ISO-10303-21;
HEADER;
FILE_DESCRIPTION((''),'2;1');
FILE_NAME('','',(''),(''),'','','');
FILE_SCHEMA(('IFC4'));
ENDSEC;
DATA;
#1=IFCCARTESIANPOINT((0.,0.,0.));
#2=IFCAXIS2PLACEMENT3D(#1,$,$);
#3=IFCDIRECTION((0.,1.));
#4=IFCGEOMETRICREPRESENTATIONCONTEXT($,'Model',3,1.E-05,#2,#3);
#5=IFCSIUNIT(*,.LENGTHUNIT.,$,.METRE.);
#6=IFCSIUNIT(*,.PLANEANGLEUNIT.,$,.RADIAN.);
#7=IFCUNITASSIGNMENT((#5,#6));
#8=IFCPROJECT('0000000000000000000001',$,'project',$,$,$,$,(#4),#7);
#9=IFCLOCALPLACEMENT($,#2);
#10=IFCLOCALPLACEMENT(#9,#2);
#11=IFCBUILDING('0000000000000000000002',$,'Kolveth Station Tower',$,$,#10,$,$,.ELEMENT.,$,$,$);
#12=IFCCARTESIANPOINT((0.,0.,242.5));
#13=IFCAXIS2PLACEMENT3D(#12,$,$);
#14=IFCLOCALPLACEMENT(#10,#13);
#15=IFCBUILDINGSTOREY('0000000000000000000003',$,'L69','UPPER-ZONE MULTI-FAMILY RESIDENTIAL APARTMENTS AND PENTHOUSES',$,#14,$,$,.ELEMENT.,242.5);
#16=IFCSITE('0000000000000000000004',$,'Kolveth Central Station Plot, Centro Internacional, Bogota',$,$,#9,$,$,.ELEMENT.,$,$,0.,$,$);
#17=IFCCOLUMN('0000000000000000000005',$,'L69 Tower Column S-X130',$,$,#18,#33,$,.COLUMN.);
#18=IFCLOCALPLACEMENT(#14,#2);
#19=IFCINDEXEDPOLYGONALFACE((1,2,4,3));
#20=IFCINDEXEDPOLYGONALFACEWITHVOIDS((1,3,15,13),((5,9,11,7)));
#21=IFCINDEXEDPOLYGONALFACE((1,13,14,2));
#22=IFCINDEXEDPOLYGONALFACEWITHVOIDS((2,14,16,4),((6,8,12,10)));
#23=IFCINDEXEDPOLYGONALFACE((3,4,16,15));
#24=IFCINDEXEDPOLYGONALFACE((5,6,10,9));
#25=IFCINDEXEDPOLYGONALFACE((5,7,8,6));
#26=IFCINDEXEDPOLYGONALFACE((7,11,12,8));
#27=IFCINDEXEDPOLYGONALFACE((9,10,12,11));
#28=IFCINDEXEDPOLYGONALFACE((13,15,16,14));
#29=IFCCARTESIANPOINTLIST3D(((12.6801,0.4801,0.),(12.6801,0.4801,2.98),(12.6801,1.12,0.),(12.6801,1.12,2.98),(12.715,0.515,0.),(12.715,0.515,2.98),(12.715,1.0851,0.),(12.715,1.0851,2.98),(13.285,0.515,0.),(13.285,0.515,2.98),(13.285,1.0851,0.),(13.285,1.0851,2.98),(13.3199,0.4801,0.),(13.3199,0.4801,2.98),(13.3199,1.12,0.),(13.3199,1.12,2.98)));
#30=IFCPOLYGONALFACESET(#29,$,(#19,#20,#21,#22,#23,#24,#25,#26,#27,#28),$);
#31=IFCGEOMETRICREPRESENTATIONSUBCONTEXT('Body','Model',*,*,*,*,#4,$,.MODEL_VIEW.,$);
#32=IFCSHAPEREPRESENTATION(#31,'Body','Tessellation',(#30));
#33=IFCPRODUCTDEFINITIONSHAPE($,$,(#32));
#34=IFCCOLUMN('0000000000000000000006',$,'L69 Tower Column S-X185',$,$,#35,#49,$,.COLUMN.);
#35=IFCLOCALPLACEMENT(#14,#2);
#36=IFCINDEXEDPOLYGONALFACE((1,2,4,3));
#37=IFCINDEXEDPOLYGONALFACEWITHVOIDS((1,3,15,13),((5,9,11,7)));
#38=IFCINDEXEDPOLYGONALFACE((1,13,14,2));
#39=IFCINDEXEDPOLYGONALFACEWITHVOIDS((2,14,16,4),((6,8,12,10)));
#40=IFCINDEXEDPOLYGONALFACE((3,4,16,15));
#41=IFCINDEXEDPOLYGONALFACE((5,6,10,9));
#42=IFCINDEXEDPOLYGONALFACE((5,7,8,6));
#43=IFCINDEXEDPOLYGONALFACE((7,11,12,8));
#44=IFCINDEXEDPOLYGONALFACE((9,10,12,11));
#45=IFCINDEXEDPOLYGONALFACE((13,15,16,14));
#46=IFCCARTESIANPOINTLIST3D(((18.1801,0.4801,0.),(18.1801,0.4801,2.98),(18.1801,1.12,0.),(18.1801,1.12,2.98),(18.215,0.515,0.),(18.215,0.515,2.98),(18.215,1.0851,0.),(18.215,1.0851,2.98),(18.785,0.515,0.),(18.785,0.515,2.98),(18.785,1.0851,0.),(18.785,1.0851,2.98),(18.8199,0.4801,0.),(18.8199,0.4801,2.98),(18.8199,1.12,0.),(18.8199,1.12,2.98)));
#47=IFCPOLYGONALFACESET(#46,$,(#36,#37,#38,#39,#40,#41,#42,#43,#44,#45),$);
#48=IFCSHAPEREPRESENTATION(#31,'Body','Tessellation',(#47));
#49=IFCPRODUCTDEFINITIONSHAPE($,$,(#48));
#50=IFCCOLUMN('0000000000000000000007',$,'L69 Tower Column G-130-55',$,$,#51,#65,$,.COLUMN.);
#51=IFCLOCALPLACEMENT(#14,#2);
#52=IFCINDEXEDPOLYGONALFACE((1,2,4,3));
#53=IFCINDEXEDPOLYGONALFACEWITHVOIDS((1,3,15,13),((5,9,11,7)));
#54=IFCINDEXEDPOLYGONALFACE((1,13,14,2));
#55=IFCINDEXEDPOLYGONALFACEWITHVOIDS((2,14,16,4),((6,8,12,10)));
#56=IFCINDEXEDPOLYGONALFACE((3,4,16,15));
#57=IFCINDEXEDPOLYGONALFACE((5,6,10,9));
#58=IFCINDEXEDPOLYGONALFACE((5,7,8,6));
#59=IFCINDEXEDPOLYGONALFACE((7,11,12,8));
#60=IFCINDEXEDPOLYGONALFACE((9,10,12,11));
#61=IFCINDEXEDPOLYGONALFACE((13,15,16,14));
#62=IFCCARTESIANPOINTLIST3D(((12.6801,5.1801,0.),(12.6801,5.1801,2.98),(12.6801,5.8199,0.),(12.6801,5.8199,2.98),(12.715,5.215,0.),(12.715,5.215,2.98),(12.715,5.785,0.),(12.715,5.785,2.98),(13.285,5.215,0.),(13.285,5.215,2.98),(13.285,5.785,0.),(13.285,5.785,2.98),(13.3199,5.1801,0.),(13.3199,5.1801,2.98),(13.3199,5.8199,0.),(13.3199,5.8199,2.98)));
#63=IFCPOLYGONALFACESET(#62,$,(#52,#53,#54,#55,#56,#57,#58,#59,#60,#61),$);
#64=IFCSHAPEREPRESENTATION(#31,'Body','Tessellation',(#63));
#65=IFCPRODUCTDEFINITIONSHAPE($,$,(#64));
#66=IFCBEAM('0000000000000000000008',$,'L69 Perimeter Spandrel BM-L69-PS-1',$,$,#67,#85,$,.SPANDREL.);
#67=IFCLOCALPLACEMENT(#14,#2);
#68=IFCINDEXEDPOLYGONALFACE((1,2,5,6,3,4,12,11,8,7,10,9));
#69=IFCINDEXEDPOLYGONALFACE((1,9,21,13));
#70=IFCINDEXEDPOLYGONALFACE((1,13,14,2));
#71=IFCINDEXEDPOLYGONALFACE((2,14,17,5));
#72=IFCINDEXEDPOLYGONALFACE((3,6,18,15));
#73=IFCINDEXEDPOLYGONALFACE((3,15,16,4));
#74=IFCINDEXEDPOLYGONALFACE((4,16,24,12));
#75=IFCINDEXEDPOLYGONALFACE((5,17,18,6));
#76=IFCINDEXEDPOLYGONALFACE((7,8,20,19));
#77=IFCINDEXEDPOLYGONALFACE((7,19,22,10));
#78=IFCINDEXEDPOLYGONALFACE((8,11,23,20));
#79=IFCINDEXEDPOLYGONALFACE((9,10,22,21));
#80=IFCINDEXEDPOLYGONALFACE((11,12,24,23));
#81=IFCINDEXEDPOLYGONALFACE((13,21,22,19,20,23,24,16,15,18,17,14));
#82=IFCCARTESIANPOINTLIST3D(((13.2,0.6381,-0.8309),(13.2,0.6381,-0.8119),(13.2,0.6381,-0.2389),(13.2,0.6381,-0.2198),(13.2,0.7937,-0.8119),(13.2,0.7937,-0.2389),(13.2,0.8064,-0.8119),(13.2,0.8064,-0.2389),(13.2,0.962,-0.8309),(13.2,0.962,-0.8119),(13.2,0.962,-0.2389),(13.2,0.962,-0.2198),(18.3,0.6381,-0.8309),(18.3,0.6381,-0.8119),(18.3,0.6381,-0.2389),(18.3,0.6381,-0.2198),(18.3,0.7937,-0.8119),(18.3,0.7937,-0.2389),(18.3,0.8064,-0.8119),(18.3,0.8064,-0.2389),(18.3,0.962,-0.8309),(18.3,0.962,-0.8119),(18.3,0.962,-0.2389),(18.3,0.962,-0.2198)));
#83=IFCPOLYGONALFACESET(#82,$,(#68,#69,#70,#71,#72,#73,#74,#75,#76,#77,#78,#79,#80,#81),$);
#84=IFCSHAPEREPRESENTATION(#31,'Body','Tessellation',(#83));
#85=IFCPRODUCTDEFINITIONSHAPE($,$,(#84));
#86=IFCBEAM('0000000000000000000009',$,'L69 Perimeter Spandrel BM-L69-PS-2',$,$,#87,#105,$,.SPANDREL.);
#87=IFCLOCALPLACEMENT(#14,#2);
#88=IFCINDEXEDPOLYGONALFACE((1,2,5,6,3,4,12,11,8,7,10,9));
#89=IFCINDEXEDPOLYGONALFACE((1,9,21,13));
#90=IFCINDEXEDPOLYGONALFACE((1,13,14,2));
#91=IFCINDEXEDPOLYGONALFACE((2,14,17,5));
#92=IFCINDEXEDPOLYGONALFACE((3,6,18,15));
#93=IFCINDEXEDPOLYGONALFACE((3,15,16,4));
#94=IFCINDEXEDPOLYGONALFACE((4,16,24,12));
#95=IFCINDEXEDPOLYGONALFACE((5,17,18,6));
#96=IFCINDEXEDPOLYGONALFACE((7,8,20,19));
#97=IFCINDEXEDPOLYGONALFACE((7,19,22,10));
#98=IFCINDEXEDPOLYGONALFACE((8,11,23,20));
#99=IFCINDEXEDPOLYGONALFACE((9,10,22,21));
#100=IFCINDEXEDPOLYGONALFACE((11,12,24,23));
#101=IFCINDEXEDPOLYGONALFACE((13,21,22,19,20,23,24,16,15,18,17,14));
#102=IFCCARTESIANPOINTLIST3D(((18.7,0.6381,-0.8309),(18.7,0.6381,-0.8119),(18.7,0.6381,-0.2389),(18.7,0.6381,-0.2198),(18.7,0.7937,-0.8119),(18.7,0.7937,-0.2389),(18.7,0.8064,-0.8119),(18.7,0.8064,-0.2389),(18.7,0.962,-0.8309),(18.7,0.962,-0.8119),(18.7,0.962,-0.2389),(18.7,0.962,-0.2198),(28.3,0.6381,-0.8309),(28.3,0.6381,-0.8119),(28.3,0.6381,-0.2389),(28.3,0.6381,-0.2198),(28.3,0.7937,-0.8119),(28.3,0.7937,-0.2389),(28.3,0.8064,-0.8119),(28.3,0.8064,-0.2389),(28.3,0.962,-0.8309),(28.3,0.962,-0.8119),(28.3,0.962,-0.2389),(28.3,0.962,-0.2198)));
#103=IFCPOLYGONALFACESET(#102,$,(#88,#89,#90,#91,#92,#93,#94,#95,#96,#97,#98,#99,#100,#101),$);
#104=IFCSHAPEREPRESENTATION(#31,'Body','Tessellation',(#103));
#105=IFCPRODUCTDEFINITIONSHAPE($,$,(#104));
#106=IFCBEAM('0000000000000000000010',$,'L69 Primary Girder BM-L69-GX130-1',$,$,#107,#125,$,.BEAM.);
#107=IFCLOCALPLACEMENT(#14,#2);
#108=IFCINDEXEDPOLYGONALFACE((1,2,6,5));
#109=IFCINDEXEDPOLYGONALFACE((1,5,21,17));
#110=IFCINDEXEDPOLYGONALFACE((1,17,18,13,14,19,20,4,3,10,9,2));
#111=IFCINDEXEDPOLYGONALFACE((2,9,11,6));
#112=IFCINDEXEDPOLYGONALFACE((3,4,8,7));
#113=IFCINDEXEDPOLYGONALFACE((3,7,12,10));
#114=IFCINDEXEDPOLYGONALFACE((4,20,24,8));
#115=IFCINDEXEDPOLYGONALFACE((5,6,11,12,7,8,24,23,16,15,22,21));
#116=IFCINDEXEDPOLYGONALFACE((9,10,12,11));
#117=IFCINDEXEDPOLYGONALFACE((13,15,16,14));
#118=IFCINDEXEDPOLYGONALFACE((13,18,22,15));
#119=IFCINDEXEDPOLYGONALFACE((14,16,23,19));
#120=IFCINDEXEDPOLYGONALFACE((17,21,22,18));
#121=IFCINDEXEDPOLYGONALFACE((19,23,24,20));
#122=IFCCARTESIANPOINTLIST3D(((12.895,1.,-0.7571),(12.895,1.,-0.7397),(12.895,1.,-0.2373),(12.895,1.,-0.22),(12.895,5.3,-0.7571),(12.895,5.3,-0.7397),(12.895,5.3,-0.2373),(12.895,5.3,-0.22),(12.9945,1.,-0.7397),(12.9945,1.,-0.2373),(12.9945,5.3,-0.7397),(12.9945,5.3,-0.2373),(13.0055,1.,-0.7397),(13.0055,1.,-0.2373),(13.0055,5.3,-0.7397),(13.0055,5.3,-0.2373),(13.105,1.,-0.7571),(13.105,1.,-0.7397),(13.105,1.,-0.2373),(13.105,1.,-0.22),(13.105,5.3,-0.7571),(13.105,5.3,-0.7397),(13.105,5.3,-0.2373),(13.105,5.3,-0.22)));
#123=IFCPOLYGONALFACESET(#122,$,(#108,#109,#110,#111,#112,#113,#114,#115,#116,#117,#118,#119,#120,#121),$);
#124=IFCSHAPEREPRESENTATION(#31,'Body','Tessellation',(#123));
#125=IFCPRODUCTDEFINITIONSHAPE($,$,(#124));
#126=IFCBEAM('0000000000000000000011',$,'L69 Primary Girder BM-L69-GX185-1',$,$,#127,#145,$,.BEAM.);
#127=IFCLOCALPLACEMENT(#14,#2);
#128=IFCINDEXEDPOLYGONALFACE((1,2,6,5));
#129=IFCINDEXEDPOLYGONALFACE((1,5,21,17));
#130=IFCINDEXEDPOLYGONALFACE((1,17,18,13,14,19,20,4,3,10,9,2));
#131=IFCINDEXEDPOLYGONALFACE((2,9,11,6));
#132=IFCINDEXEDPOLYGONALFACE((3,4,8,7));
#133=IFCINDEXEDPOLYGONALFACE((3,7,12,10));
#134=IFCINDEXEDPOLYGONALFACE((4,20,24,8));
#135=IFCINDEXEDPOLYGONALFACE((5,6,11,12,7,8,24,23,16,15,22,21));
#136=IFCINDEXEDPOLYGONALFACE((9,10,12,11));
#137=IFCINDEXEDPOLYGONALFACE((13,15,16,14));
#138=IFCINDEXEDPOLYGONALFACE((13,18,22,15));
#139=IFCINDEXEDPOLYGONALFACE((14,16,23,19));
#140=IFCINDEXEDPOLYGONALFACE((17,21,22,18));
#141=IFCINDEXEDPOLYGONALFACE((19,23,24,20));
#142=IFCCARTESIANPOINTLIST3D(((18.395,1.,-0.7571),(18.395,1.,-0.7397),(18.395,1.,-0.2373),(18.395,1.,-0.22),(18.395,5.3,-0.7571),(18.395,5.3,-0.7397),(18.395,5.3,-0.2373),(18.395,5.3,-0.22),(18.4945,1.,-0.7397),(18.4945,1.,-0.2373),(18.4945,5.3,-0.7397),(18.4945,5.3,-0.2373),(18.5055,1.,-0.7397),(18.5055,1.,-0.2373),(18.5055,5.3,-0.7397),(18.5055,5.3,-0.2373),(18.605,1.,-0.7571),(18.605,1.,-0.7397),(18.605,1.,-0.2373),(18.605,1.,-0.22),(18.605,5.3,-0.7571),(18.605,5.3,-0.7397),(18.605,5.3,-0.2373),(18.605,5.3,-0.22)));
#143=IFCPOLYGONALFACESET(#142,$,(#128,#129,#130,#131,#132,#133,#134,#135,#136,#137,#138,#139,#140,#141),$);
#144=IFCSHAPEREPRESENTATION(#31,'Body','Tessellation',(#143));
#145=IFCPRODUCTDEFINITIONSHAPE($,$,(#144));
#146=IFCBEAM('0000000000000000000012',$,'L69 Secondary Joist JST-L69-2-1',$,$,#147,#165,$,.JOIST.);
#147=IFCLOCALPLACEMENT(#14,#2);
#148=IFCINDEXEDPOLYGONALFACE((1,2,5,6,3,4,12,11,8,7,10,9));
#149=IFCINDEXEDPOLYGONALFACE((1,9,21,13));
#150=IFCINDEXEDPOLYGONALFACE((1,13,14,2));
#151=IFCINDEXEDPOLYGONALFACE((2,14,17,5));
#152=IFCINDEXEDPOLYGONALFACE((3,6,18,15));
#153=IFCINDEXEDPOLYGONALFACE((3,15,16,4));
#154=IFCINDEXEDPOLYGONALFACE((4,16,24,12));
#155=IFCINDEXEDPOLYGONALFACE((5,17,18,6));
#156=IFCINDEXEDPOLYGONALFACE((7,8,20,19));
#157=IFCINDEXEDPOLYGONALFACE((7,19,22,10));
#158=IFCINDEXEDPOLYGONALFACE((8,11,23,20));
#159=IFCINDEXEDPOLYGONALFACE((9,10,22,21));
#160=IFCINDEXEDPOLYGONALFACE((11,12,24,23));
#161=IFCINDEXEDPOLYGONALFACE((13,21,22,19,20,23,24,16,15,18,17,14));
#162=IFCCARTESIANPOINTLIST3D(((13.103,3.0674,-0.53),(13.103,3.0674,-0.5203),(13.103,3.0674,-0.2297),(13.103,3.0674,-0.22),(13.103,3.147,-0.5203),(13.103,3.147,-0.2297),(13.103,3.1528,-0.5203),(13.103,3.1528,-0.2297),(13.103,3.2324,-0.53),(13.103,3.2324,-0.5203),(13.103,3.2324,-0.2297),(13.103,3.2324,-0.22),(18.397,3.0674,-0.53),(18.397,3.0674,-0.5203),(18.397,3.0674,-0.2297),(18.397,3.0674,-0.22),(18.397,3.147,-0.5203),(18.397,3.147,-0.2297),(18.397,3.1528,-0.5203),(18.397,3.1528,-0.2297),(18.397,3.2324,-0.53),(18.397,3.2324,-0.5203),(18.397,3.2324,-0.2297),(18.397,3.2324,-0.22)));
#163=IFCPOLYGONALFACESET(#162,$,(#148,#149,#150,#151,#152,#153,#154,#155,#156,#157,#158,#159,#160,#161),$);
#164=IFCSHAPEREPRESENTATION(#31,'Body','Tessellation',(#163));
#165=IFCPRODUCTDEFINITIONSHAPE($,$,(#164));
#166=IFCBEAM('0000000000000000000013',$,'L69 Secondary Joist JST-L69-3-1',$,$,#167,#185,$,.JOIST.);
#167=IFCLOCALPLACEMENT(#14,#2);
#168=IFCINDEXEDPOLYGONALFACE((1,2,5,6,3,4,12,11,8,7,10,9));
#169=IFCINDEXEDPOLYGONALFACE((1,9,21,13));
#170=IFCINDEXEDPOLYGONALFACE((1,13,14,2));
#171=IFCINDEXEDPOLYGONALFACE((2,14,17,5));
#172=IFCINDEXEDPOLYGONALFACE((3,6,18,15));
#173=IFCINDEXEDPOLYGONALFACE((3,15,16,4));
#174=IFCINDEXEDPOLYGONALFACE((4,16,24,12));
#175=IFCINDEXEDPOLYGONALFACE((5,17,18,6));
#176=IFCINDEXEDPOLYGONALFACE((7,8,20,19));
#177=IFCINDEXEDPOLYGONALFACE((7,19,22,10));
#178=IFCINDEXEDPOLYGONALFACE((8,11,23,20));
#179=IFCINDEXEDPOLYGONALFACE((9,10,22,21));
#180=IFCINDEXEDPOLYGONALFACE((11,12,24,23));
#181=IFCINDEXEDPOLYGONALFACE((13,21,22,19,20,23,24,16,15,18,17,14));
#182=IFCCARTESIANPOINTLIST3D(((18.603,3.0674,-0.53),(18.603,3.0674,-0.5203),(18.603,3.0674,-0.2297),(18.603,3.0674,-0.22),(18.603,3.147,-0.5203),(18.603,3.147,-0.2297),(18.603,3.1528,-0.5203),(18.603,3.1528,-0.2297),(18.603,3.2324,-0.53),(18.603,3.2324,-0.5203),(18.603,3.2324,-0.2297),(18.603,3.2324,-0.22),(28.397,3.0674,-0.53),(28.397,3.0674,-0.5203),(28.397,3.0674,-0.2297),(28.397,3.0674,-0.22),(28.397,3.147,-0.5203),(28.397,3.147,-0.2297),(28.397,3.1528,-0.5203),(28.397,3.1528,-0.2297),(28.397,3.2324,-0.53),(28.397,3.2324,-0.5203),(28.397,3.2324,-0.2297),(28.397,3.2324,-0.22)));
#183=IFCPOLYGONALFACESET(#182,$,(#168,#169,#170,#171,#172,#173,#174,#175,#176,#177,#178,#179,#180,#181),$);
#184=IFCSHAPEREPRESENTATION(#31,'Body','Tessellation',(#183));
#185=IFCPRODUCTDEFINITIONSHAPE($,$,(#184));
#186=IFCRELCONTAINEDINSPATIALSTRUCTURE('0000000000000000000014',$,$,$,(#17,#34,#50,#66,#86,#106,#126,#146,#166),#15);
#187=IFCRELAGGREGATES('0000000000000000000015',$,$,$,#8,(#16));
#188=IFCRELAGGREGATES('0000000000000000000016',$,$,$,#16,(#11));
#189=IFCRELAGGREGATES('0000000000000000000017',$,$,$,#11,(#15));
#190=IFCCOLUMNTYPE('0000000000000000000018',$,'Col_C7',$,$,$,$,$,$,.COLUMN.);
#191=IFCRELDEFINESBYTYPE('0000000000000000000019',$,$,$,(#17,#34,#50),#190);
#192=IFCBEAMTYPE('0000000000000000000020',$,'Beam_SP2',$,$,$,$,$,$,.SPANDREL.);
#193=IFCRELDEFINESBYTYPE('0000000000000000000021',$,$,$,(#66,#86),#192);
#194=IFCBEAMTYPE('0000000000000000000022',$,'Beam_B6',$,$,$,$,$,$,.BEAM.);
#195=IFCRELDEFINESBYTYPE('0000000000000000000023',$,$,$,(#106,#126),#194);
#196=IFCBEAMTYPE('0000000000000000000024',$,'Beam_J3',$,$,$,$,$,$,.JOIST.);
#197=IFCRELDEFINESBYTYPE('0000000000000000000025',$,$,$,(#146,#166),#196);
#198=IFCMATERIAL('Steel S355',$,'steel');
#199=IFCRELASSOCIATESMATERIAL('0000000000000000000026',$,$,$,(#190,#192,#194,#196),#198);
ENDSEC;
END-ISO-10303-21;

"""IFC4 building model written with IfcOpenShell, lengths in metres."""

from ifc_helpers import new_model, si_unit, direction, frame, origin, origin_2d, place, context, subcontext, project, spatial, hollow_rectangle, i_section, extrude, source, transform, mapped, material, material_profile, profile_set, type_object, element, save


model = new_model("IFC4")

# Units and contexts
model_context = context("Model", 3, precision=1e-05, world=origin(), true_north=direction((0.0, 1.0)))
body_context = subcontext(model_context, "Body", "Model", "MODEL_VIEW")
ifc_project = project(units=[si_unit("LENGTHUNIT", "METRE"), si_unit("PLANEANGLEUNIT", "RADIAN")], contexts=[model_context])

# Site, building, storey
site_placement = place(None, origin())
site = spatial("IfcSite", under=ifc_project, at=site_placement, Name="Kolveth Central Station Plot, Centro Internacional, Bogota", CompositionType="ELEMENT", RefElevation=0.0)
building_placement = place(site_placement, origin())
building = spatial("IfcBuilding", under=site, at=building_placement, Name="Kolveth Station Tower", CompositionType="ELEMENT")
storey_placement = place(building_placement, frame((0.0, 0.0, 242.5)))
storey = spatial("IfcBuildingStorey", under=building, at=storey_placement, Name="L69", Description="UPPER-ZONE MULTI-FAMILY RESIDENTIAL APARTMENTS AND PENTHOUSES", CompositionType="ELEMENT", Elevation=242.5)

# Columns
ifc_material_1 = material(Name="Steel S355", Category="steel")
ifc_material_profile_1 = material_profile(ifc_material_1, hollow_rectangle(XDim=0.6399, YDim=0.6399, WallThickness=0.0349, at=origin_2d()), Name="BOX640x640x35")
ifc_profile_set_1 = profile_set([ifc_material_profile_1], Name="Steel S355")
column_type = type_object("IfcColumnType", Name="Col_C7", PredefinedType="COLUMN", material=ifc_profile_set_1)
shared_shape_1 = source(origin(), body_context, "Body", "SweptSolid", [
    extrude(hollow_rectangle(XDim=0.6399, YDim=0.6399, WallThickness=0.0349, at=origin_2d()), origin(), (0.0, 0.0, 1.0), 2.98),
])
for number, where, z_axis, x_axis, name in (
    (1, (13.0, 0.8, 0.0), (0.0, 0.0, 1.0), (1.0, 0.0, 0.0), "L69 Tower Column S-X130"),
    (2, (18.5, 0.8, 0.0), (0.0, 0.0, 1.0), (1.0, 0.0, 0.0), "L69 Tower Column S-X185"),
    (3, (13.0, 5.5, 0.0), (0.0, 0.0, 1.0), (1.0, 0.0, 0.0), "L69 Tower Column G-130-55"),
):
    element("IfcColumn", number, at=place(storey_placement, frame(where, z_axis=z_axis, x_axis=x_axis)), inside=storey, type_object=column_type, Name=name, PredefinedType="COLUMN", context=body_context, shape_type="MappedRepresentation", body=[
        mapped(shared_shape_1, transform((0.0, 0.0, 0.0), x_axis=(1.0, 0.0, 0.0), y_axis=(0.0, 1.0, 0.0), z_axis=(0.0, 0.0, 1.0), scale=1.0)),
    ])

# Beams
ifc_material_profile_2 = material_profile(ifc_material_1, i_section(OverallWidth=0.324, OverallDepth=0.6111, WebThickness=0.0127, FlangeThickness=0.019, at=origin_2d()), Name="W610x155")
ifc_profile_set_2 = profile_set([ifc_material_profile_2], Name="Steel S355")
beam_type_1 = type_object("IfcBeamType", Name="Beam_SP2", PredefinedType="SPANDREL", material=ifc_profile_set_2)
shared_shape_2 = source(origin(), body_context, "Body", "SweptSolid", [
    extrude(i_section(OverallWidth=0.324, OverallDepth=0.6111, WebThickness=0.0127, FlangeThickness=0.019, at=origin_2d()), origin(), (0.0, 0.0, 1.0), 5.1001),
])
beam_1_placement = place(storey_placement, frame((13.2, 0.8, -0.5254), z_axis=(1.0, 0.0, 0.0), x_axis=(0.0, 1.0, 0.0)))
element("IfcBeam", 4, at=beam_1_placement, inside=storey, type_object=beam_type_1, Name="L69 Perimeter Spandrel BM-L69-PS-1", PredefinedType="SPANDREL", context=body_context, shape_type="MappedRepresentation", body=[
    mapped(shared_shape_2, transform((0.0, 0.0, 0.0), x_axis=(1.0, 0.0, 0.0), y_axis=(0.0, 1.0, 0.0), z_axis=(0.0, 0.0, 1.0), scale=1.0)),
])
shared_shape_3 = source(origin(), body_context, "Body", "SweptSolid", [
    extrude(i_section(OverallWidth=0.324, OverallDepth=0.6111, WebThickness=0.0127, FlangeThickness=0.019, at=origin_2d()), origin(), (0.0, 0.0, 1.0), 9.6001),
])
beam_2_placement = place(storey_placement, frame((18.7, 0.8, -0.5254), z_axis=(1.0, 0.0, 0.0), x_axis=(0.0, 1.0, 0.0)))
element("IfcBeam", 5, at=beam_2_placement, inside=storey, type_object=beam_type_1, Name="L69 Perimeter Spandrel BM-L69-PS-2", PredefinedType="SPANDREL", context=body_context, shape_type="MappedRepresentation", body=[
    mapped(shared_shape_3, transform((0.0, 0.0, 0.0), x_axis=(1.0, 0.0, 0.0), y_axis=(0.0, 1.0, 0.0), z_axis=(0.0, 0.0, 1.0), scale=1.0)),
])
ifc_material_profile_3 = material_profile(ifc_material_1, i_section(OverallWidth=0.21, OverallDepth=0.5371, WebThickness=0.011, FlangeThickness=0.0173, at=origin_2d()), Name="W530x101")
ifc_profile_set_3 = profile_set([ifc_material_profile_3], Name="Steel S355")
beam_type_2 = type_object("IfcBeamType", Name="Beam_B6", PredefinedType="BEAM", material=ifc_profile_set_3)
shared_shape_4 = source(origin(), body_context, "Body", "SweptSolid", [
    extrude(i_section(OverallWidth=0.21, OverallDepth=0.5371, WebThickness=0.011, FlangeThickness=0.0173, at=origin_2d()), origin(), (0.0, 0.0, 1.0), 4.3),
])
for number, where, z_axis, x_axis, name in (
    (6, (13.0, 1.0, -0.4885), (0.0, 1.0, 0.0), (-1.0, 0.0, 0.0), "L69 Primary Girder BM-L69-GX130-1"),
    (7, (18.5, 1.0, -0.4885), (0.0, 1.0, 0.0), (-1.0, 0.0, 0.0), "L69 Primary Girder BM-L69-GX185-1"),
):
    element("IfcBeam", number, at=place(storey_placement, frame(where, z_axis=z_axis, x_axis=x_axis)), inside=storey, type_object=beam_type_2, Name=name, PredefinedType="BEAM", context=body_context, shape_type="MappedRepresentation", body=[
        mapped(shared_shape_4, transform((0.0, 0.0, 0.0), x_axis=(1.0, 0.0, 0.0), y_axis=(0.0, 1.0, 0.0), z_axis=(0.0, 0.0, 1.0), scale=1.0)),
    ])
ifc_material_profile_4 = material_profile(ifc_material_1, i_section(OverallWidth=0.165, OverallDepth=0.3101, WebThickness=0.0059, FlangeThickness=0.0098, at=origin_2d()), Name="W310x39")
ifc_profile_set_4 = profile_set([ifc_material_profile_4], Name="Steel S355")
beam_type_3 = type_object("IfcBeamType", Name="Beam_J3", PredefinedType="JOIST", material=ifc_profile_set_4)
shared_shape_5 = source(origin(), body_context, "Body", "SweptSolid", [
    extrude(i_section(OverallWidth=0.165, OverallDepth=0.3101, WebThickness=0.0059, FlangeThickness=0.0098, at=origin_2d()), origin(), (0.0, 0.0, 1.0), 5.2939),
])
beam_3_placement = place(storey_placement, frame((13.103, 3.1499, -0.375), z_axis=(1.0, 0.0, 0.0), x_axis=(0.0, 1.0, 0.0)))
element("IfcBeam", 8, at=beam_3_placement, inside=storey, type_object=beam_type_3, Name="L69 Secondary Joist JST-L69-2-1", PredefinedType="JOIST", context=body_context, shape_type="MappedRepresentation", body=[
    mapped(shared_shape_5, transform((0.0, 0.0, 0.0), x_axis=(1.0, 0.0, 0.0), y_axis=(0.0, 1.0, 0.0), z_axis=(0.0, 0.0, 1.0), scale=1.0)),
])
shared_shape_6 = source(origin(), body_context, "Body", "SweptSolid", [
    extrude(i_section(OverallWidth=0.165, OverallDepth=0.3101, WebThickness=0.0059, FlangeThickness=0.0098, at=origin_2d()), origin(), (0.0, 0.0, 1.0), 9.7939),
])
beam_4_placement = place(storey_placement, frame((18.603, 3.1499, -0.375), z_axis=(1.0, 0.0, 0.0), x_axis=(0.0, 1.0, 0.0)))
element("IfcBeam", 9, at=beam_4_placement, inside=storey, type_object=beam_type_3, Name="L69 Secondary Joist JST-L69-3-1", PredefinedType="JOIST", context=body_context, shape_type="MappedRepresentation", body=[
    mapped(shared_shape_6, transform((0.0, 0.0, 0.0), x_axis=(1.0, 0.0, 0.0), y_axis=(0.0, 1.0, 0.0), z_axis=(0.0, 0.0, 1.0), scale=1.0)),
])

save(model, "model.ifc")
